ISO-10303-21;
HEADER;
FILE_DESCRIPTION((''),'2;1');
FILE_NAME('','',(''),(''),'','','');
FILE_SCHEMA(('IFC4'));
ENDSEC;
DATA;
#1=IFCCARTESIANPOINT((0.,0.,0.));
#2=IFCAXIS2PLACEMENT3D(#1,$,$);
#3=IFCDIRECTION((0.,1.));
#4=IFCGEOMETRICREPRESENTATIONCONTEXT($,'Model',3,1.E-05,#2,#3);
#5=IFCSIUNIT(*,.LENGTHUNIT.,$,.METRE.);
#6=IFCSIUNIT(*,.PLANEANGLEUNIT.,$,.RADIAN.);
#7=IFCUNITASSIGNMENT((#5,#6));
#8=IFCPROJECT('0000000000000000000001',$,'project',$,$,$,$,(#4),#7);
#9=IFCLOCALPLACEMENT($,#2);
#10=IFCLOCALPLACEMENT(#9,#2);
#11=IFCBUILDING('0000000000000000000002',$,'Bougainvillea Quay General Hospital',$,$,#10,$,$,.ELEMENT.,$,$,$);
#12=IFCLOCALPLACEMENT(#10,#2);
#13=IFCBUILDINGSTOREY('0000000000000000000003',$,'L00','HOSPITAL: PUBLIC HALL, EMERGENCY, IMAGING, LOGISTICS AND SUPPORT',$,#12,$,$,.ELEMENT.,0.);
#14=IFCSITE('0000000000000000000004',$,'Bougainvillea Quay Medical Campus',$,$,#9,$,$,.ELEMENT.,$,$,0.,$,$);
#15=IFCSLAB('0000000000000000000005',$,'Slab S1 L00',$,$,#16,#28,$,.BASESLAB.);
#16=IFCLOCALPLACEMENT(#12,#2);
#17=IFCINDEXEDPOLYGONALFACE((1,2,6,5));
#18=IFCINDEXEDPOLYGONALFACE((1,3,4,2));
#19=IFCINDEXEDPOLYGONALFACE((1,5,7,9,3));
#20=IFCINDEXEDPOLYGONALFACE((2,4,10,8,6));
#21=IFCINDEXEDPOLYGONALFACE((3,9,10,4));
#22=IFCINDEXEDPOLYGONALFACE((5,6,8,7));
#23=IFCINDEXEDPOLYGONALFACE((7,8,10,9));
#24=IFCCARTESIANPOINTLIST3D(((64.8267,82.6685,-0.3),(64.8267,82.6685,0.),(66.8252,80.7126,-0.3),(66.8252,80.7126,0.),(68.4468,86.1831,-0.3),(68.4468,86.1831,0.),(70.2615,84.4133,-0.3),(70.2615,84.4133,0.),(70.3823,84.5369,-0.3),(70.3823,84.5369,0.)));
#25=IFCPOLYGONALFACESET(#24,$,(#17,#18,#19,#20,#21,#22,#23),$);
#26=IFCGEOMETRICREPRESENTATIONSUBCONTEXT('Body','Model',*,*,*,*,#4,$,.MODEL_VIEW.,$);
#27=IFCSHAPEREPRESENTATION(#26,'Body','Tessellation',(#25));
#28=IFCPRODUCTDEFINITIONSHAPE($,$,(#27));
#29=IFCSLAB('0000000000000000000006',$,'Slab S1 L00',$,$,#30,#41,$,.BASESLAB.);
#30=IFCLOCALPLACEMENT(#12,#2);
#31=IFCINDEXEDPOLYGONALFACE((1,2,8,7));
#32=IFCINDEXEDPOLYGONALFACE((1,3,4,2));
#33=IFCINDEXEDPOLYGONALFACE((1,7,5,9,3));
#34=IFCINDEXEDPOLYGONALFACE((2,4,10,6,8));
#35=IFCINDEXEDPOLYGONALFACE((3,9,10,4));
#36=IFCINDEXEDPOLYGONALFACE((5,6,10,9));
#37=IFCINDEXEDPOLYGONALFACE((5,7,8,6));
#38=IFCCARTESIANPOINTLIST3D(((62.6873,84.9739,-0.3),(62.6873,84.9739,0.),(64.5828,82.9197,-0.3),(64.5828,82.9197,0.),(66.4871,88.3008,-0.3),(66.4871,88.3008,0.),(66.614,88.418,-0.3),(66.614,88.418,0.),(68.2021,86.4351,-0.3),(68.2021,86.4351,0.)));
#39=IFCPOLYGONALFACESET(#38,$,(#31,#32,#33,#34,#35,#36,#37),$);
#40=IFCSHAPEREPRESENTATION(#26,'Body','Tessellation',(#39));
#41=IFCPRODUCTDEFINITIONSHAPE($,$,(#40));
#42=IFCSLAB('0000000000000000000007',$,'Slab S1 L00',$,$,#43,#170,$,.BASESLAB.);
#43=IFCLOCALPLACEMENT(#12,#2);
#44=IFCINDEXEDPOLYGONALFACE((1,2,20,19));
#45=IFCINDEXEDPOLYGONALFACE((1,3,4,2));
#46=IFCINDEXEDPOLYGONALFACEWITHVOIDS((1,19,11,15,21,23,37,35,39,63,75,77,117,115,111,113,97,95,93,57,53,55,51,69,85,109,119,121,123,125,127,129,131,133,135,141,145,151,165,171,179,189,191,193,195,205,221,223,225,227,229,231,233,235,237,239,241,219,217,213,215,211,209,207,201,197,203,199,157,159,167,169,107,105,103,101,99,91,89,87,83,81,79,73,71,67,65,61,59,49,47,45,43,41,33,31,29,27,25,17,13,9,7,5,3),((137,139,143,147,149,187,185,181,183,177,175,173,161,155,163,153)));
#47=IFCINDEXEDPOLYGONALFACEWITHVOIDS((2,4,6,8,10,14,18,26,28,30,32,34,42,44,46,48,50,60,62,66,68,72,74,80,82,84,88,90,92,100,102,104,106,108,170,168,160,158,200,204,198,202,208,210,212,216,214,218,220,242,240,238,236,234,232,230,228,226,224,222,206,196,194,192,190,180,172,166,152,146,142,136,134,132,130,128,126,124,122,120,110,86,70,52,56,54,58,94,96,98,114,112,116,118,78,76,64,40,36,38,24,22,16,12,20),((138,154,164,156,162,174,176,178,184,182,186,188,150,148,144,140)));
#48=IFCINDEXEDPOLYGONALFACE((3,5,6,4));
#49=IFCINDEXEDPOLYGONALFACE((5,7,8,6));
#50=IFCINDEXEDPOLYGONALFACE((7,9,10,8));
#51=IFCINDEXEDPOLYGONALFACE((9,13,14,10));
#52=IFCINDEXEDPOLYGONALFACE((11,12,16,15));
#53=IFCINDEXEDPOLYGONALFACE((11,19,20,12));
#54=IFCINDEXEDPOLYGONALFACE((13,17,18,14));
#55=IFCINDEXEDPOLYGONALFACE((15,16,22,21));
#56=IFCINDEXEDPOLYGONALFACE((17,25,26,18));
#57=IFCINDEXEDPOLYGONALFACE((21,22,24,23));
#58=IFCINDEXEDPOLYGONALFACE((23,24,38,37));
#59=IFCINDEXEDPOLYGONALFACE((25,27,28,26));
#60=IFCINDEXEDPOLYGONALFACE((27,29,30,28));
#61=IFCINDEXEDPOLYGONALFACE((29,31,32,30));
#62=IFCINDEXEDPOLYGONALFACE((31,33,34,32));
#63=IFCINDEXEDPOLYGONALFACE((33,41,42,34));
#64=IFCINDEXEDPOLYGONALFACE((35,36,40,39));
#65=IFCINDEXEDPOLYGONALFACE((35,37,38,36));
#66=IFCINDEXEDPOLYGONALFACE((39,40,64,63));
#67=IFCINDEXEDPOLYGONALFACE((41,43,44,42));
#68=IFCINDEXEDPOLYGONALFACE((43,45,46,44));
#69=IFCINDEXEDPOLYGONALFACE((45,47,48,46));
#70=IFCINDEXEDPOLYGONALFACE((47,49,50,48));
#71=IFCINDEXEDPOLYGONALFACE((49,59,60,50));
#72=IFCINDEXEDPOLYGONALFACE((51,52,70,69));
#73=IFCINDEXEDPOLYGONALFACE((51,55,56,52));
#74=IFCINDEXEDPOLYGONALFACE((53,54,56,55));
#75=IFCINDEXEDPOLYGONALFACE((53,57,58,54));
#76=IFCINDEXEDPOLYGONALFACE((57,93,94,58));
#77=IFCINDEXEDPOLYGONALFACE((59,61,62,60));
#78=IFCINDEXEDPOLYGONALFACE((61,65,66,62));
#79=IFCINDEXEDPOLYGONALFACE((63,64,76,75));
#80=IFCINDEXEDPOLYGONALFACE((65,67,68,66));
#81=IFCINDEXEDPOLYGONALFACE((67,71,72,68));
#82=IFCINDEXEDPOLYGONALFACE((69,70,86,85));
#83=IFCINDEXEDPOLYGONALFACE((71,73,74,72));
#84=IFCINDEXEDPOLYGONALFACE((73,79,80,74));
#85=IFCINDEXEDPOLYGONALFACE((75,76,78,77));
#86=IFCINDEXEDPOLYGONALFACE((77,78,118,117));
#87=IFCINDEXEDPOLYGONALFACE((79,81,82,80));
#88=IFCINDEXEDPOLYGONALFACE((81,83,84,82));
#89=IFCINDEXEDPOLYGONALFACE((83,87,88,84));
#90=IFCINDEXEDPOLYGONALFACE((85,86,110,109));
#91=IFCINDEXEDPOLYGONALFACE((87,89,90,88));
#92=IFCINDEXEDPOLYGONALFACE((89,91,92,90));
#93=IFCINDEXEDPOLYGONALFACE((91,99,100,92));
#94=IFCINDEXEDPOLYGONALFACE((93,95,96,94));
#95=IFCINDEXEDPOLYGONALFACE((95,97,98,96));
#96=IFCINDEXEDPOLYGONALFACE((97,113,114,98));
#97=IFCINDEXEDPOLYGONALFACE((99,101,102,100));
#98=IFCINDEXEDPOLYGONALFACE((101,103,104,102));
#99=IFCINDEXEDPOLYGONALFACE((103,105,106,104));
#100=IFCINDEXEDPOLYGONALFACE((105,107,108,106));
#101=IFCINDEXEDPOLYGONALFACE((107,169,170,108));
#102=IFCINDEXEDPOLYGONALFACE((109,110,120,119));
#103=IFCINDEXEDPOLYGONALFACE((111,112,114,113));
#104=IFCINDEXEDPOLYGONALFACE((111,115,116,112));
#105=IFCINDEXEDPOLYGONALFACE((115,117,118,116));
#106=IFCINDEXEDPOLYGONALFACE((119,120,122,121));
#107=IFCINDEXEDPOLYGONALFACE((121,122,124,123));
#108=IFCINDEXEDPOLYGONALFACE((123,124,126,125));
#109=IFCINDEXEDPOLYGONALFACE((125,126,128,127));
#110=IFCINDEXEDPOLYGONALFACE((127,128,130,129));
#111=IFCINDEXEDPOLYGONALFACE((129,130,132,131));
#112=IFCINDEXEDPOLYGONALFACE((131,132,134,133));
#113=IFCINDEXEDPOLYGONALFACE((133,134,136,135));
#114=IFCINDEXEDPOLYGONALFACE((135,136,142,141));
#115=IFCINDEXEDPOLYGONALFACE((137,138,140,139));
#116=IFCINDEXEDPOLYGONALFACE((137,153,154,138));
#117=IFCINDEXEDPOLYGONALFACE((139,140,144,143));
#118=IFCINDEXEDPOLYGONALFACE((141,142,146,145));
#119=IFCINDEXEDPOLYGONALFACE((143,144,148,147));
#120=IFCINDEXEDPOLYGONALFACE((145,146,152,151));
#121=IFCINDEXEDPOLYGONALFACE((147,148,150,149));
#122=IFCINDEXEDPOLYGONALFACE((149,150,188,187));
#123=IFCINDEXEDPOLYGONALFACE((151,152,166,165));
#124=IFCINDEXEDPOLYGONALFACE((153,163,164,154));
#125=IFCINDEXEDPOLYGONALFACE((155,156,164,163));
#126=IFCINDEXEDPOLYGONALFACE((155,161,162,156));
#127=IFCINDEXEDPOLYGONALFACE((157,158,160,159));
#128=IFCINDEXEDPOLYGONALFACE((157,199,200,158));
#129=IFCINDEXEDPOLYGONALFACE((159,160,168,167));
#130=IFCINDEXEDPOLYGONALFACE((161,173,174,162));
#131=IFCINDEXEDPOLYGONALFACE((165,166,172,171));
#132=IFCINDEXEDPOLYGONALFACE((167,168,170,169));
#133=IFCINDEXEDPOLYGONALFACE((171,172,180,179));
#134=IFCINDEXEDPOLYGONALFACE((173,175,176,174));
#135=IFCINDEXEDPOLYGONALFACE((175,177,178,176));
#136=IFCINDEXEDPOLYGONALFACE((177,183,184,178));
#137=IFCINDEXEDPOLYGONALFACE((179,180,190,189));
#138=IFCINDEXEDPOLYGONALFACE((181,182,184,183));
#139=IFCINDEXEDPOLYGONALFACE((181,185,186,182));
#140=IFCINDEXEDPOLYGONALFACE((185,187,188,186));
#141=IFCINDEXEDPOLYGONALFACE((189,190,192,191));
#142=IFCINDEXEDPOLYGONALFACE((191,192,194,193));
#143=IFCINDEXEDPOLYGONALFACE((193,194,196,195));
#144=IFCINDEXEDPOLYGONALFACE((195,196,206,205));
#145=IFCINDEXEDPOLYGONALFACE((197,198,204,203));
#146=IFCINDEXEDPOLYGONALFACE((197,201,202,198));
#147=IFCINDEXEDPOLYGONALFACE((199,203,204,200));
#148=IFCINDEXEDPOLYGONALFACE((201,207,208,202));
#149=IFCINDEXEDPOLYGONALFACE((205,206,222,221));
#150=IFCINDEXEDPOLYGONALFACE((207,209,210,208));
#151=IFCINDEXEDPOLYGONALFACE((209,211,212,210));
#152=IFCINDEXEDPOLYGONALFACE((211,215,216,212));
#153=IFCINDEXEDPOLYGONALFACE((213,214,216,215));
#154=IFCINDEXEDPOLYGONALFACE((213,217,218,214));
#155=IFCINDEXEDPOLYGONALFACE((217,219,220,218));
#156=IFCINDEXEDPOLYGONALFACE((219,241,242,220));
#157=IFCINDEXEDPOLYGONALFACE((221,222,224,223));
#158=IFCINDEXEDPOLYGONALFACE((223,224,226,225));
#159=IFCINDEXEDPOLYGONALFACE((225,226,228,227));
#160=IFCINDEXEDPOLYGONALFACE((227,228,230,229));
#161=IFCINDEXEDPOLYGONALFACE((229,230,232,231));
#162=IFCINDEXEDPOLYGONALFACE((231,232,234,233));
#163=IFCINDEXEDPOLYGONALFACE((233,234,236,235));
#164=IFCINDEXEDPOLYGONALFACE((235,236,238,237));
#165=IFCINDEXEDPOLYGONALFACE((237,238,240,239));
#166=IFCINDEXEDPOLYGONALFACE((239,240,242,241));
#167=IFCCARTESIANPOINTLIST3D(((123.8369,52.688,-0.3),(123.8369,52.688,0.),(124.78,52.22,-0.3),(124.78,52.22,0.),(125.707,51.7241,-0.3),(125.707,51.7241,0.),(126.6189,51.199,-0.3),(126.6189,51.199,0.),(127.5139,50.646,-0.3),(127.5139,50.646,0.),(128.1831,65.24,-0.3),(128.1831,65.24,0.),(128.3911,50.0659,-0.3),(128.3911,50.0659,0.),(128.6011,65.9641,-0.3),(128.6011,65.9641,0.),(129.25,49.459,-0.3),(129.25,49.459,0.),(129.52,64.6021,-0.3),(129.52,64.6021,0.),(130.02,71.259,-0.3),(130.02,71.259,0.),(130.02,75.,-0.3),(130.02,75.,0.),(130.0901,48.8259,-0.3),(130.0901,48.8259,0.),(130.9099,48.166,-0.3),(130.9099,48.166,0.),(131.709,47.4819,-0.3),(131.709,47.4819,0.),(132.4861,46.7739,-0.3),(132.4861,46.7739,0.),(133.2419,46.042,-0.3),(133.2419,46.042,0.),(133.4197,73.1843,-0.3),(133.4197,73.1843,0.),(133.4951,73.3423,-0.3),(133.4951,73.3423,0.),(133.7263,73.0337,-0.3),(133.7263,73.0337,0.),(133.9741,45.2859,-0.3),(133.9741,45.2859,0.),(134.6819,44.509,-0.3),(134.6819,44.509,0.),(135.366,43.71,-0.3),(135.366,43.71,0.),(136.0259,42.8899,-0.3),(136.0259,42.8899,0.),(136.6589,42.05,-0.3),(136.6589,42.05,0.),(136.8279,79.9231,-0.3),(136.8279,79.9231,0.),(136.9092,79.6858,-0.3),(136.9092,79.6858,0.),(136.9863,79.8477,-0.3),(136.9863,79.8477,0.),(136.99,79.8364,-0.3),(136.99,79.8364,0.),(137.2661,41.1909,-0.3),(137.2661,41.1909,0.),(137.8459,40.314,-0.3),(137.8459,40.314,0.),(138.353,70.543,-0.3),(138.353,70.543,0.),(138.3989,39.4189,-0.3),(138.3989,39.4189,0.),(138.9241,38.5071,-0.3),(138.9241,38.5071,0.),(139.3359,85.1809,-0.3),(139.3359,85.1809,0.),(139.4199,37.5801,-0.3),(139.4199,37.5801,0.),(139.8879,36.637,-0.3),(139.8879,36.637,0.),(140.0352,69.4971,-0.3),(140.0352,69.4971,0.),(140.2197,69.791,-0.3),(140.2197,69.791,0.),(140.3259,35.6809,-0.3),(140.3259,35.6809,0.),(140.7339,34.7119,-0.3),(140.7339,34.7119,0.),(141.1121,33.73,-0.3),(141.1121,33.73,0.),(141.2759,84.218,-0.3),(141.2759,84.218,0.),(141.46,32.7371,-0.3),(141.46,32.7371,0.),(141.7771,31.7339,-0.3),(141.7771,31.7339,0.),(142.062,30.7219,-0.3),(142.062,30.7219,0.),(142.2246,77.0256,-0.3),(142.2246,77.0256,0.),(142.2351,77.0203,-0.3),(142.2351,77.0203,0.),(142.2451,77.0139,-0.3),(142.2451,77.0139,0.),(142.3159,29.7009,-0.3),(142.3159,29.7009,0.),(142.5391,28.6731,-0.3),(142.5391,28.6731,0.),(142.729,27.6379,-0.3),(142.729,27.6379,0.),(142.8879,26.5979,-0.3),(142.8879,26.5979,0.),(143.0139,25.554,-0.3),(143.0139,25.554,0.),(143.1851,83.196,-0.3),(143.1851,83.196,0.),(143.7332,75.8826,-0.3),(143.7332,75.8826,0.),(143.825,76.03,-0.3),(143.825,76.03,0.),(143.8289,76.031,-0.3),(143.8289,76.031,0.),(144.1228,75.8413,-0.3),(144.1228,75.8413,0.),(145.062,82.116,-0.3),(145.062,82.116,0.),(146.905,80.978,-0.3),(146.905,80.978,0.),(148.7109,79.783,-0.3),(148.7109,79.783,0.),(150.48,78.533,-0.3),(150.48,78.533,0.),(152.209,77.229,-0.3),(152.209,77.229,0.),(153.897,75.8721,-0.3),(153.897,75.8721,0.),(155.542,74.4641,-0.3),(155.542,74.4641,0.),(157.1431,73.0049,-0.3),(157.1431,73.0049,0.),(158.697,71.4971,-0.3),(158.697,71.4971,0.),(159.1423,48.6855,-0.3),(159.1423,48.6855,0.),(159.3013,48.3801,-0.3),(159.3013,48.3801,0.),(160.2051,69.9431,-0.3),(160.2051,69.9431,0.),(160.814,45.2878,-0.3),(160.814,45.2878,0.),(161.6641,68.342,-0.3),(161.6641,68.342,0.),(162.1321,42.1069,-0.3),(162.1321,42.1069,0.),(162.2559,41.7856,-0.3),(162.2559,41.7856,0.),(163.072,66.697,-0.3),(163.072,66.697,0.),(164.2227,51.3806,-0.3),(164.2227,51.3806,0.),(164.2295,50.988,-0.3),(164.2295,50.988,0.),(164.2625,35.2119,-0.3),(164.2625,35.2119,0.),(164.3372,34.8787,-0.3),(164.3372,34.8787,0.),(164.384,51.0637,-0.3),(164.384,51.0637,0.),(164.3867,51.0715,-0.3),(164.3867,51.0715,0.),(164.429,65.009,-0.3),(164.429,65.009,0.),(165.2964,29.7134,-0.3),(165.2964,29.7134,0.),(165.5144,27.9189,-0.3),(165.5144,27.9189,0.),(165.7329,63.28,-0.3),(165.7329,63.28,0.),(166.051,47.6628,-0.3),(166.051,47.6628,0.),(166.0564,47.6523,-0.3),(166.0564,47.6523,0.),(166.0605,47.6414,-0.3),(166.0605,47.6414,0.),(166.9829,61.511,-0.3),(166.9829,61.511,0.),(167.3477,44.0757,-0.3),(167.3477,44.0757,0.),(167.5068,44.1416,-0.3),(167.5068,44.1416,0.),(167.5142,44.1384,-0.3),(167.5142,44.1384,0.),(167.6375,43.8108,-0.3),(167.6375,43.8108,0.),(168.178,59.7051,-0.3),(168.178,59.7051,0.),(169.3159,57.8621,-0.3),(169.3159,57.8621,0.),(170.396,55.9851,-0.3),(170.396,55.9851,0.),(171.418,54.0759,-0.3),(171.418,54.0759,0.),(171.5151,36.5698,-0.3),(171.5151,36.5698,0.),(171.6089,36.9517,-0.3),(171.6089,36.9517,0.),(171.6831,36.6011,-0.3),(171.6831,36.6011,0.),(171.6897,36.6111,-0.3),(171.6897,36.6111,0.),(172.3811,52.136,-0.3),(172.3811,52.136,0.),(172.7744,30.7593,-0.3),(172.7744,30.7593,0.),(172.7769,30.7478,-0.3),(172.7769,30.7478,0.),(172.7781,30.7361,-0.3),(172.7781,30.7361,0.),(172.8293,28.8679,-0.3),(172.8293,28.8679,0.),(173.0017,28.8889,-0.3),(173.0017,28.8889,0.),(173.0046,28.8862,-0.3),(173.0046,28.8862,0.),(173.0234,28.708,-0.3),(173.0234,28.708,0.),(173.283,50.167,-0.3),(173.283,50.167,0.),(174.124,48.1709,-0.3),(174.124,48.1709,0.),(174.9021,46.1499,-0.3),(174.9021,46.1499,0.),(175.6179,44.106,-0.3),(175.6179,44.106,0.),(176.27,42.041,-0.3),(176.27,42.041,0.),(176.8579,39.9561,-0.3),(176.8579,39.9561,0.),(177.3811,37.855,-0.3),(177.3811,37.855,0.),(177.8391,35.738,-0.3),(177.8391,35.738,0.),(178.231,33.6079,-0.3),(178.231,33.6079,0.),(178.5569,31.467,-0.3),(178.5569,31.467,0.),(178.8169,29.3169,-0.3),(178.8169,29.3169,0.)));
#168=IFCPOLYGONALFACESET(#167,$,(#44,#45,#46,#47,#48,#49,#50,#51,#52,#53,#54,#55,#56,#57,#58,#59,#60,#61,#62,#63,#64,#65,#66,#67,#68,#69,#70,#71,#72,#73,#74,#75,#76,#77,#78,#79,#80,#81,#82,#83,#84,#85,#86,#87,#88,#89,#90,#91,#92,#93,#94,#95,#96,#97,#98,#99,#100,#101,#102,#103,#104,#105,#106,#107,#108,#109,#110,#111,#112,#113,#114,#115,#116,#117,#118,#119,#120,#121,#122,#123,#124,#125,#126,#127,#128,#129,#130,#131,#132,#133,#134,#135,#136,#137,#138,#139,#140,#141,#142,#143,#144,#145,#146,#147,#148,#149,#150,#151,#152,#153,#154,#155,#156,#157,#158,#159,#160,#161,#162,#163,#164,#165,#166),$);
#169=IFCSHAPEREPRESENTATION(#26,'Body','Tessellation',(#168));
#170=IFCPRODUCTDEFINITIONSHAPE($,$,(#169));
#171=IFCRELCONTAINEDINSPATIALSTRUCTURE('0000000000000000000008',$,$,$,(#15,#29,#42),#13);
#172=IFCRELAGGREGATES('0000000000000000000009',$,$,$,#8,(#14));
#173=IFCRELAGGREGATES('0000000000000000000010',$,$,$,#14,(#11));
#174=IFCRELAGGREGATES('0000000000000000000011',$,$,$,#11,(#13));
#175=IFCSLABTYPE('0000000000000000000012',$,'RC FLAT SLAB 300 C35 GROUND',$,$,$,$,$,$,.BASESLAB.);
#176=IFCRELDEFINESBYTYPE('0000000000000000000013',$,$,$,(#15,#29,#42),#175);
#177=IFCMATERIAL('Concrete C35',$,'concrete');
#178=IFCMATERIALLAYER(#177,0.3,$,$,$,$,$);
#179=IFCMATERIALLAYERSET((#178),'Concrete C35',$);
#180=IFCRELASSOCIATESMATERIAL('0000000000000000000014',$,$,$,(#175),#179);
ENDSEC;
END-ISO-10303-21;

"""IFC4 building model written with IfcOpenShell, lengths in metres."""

from ifc_helpers import new_model, si_unit, direction, frame, origin, place, context, subcontext, project, spatial, polyline, outline, extrude, material, layer, layer_set, type_object, element, save


model = new_model("IFC4")

# Units and contexts
model_context = context("Model", 3, precision=1e-05, world=origin(), true_north=direction((0.0, 1.0)))
body_context = subcontext(model_context, "Body", "Model", "MODEL_VIEW")
ifc_project = project(units=[si_unit("LENGTHUNIT", "METRE"), si_unit("PLANEANGLEUNIT", "RADIAN")], contexts=[model_context])

# Site, building, storey
site_placement = place(None, origin())
site = spatial("IfcSite", under=ifc_project, at=site_placement, Name="Bougainvillea Quay Medical Campus", CompositionType="ELEMENT", RefElevation=0.0)
building_placement = place(site_placement, origin())
building = spatial("IfcBuilding", under=site, at=building_placement, Name="Bougainvillea Quay General Hospital", CompositionType="ELEMENT")
storey_placement = place(building_placement, origin())
storey = spatial("IfcBuildingStorey", under=building, at=storey_placement, Name="L00", Description="HOSPITAL: PUBLIC HALL, EMERGENCY, IMAGING, LOGISTICS AND SUPPORT", CompositionType="ELEMENT", Elevation=0.0)

# Slabs
ifc_material_1 = material(Name="Concrete C35", Category="concrete")
ifc_layer_1 = layer(ifc_material_1, 0.3)
ifc_layer_set_1 = layer_set([ifc_layer_1], Name="Concrete C35")
slab_type_1 = type_object("IfcSlabType", Name="RC FLAT SLAB 300 C35 GROUND", PredefinedType="BASESLAB", material=ifc_layer_set_1)
slab_1_placement = place(storey_placement, frame((0.0, 0.0, -0.3)))
element("IfcSlab", 1, at=slab_1_placement, inside=storey, type_object=slab_type_1, Name="Slab S1 L00", PredefinedType="BASESLAB", context=body_context, shape_type="SweptSolid", body=[
    extrude(outline(polyline([(70.2615, 84.4133), (68.4468, 86.1831), (64.8267, 82.6685), (66.8252, 80.7126), (70.3823, 84.5369), (70.2615, 84.4133)])), origin(), (0.0, 0.0, 1.0), 0.3),
])
slab_2_placement = place(storey_placement, frame((0.0, 0.0, -0.3)))
element("IfcSlab", 2, at=slab_2_placement, inside=storey, type_object=slab_type_1, Name="Slab S1 L00", PredefinedType="BASESLAB", context=body_context, shape_type="SweptSolid", body=[
    extrude(outline(polyline([(64.5828, 82.9197), (68.2021, 86.4351), (66.4871, 88.3008), (66.614, 88.418), (62.6873, 84.9739), (64.5828, 82.9197)])), origin(), (0.0, 0.0, 1.0), 0.3),
])
slab_3_placement = place(storey_placement, frame((0.0, 0.0, -0.3)))
element("IfcSlab", 3, at=slab_3_placement, inside=storey, type_object=slab_type_1, Name="Slab S1 L00", PredefinedType="BASESLAB", context=body_context, shape_type="SweptSolid", body=[
    extrude(outline(polyline([(158.697, 71.4971), (157.1431, 73.0049), (155.542, 74.4641), (153.897, 75.8721), (152.209, 77.229), (150.48, 78.533), (148.7109, 79.783), (146.905, 80.978), (145.062, 82.116), (143.1851, 83.196), (141.2759, 84.218), (139.3359, 85.1809), (136.8279, 79.9231), (136.9863, 79.8477), (136.9092, 79.6858), (136.99, 79.8364), (142.2246, 77.0256), (142.2351, 77.0203), (142.2451, 77.0139), (143.825, 76.03), (143.7332, 75.8826), (143.8289, 76.031), (144.1228, 75.8413), (140.2197, 69.791), (140.0352, 69.4971), (138.353, 70.543), (133.7263, 73.0337), (133.4197, 73.1843), (133.4951, 73.3423), (130.02, 75.0), (130.02, 71.259), (128.6011, 65.9641), (128.1831, 65.24), (129.52, 64.6021), (123.8369, 52.688), (124.78, 52.22), (125.707, 51.7241), (126.6189, 51.199), (127.5139, 50.646), (128.3911, 50.0659), (129.25, 49.459), (130.0901, 48.8259), (130.9099, 48.166), (131.709, 47.4819), (132.4861, 46.7739), (133.2419, 46.042), (133.9741, 45.2859), (134.6819, 44.509), (135.366, 43.71), (136.0259, 42.8899), (136.6589, 42.05), (137.2661, 41.1909), (137.8459, 40.314), (138.3989, 39.4189), (138.9241, 38.5071), (139.4199, 37.5801), (139.8879, 36.637), (140.3259, 35.6809), (140.7339, 34.7119), (141.1121, 33.73), (141.46, 32.7371), (141.7771, 31.7339), (142.062, 30.7219), (142.3159, 29.7009), (142.5391, 28.6731), (142.729, 27.6379), (142.8879, 26.5979), (143.0139, 25.554), (165.5144, 27.9189), (165.2964, 29.7134), (164.3372, 34.8787), (164.2625, 35.2119), (171.6089, 36.9517), (171.6897, 36.6111), (171.5151, 36.5698), (171.6831, 36.6011), (172.7744, 30.7593), (172.7769, 30.7478), (172.7781, 30.7361), (173.0017, 28.8889), (172.8293, 28.8679), (173.0046, 28.8862), (173.0234, 28.708), (178.8169, 29.3169), (178.5569, 31.467), (178.231, 33.6079), (177.8391, 35.738), (177.3811, 37.855), (176.8579, 39.9561), (176.27, 42.041), (175.6179, 44.106), (174.9021, 46.1499), (174.124, 48.1709), (173.283, 50.167), (172.3811, 52.136), (171.418, 54.0759), (170.396, 55.9851), (169.3159, 57.8621), (168.178, 59.7051), (166.9829, 61.511), (165.7329, 63.28), (164.429, 65.009), (163.072, 66.697), (161.6641, 68.342), (160.2051, 69.9431), (158.697, 71.4971)]), holes=[polyline([(162.1321, 42.1069), (160.814, 45.2878), (159.3013, 48.3801), (159.1423, 48.6855), (164.2227, 51.3806), (164.3867, 51.0715), (164.2295, 50.988), (164.384, 51.0637), (166.051, 47.6628), (166.0564, 47.6523), (166.0605, 47.6414), (167.5068, 44.1416), (167.3477, 44.0757), (167.5142, 44.1384), (167.6375, 43.8108), (162.2559, 41.7856), (162.1321, 42.1069)])]), origin(), (0.0, 0.0, 1.0), 0.3),
])

save(model, "model.ifc")
